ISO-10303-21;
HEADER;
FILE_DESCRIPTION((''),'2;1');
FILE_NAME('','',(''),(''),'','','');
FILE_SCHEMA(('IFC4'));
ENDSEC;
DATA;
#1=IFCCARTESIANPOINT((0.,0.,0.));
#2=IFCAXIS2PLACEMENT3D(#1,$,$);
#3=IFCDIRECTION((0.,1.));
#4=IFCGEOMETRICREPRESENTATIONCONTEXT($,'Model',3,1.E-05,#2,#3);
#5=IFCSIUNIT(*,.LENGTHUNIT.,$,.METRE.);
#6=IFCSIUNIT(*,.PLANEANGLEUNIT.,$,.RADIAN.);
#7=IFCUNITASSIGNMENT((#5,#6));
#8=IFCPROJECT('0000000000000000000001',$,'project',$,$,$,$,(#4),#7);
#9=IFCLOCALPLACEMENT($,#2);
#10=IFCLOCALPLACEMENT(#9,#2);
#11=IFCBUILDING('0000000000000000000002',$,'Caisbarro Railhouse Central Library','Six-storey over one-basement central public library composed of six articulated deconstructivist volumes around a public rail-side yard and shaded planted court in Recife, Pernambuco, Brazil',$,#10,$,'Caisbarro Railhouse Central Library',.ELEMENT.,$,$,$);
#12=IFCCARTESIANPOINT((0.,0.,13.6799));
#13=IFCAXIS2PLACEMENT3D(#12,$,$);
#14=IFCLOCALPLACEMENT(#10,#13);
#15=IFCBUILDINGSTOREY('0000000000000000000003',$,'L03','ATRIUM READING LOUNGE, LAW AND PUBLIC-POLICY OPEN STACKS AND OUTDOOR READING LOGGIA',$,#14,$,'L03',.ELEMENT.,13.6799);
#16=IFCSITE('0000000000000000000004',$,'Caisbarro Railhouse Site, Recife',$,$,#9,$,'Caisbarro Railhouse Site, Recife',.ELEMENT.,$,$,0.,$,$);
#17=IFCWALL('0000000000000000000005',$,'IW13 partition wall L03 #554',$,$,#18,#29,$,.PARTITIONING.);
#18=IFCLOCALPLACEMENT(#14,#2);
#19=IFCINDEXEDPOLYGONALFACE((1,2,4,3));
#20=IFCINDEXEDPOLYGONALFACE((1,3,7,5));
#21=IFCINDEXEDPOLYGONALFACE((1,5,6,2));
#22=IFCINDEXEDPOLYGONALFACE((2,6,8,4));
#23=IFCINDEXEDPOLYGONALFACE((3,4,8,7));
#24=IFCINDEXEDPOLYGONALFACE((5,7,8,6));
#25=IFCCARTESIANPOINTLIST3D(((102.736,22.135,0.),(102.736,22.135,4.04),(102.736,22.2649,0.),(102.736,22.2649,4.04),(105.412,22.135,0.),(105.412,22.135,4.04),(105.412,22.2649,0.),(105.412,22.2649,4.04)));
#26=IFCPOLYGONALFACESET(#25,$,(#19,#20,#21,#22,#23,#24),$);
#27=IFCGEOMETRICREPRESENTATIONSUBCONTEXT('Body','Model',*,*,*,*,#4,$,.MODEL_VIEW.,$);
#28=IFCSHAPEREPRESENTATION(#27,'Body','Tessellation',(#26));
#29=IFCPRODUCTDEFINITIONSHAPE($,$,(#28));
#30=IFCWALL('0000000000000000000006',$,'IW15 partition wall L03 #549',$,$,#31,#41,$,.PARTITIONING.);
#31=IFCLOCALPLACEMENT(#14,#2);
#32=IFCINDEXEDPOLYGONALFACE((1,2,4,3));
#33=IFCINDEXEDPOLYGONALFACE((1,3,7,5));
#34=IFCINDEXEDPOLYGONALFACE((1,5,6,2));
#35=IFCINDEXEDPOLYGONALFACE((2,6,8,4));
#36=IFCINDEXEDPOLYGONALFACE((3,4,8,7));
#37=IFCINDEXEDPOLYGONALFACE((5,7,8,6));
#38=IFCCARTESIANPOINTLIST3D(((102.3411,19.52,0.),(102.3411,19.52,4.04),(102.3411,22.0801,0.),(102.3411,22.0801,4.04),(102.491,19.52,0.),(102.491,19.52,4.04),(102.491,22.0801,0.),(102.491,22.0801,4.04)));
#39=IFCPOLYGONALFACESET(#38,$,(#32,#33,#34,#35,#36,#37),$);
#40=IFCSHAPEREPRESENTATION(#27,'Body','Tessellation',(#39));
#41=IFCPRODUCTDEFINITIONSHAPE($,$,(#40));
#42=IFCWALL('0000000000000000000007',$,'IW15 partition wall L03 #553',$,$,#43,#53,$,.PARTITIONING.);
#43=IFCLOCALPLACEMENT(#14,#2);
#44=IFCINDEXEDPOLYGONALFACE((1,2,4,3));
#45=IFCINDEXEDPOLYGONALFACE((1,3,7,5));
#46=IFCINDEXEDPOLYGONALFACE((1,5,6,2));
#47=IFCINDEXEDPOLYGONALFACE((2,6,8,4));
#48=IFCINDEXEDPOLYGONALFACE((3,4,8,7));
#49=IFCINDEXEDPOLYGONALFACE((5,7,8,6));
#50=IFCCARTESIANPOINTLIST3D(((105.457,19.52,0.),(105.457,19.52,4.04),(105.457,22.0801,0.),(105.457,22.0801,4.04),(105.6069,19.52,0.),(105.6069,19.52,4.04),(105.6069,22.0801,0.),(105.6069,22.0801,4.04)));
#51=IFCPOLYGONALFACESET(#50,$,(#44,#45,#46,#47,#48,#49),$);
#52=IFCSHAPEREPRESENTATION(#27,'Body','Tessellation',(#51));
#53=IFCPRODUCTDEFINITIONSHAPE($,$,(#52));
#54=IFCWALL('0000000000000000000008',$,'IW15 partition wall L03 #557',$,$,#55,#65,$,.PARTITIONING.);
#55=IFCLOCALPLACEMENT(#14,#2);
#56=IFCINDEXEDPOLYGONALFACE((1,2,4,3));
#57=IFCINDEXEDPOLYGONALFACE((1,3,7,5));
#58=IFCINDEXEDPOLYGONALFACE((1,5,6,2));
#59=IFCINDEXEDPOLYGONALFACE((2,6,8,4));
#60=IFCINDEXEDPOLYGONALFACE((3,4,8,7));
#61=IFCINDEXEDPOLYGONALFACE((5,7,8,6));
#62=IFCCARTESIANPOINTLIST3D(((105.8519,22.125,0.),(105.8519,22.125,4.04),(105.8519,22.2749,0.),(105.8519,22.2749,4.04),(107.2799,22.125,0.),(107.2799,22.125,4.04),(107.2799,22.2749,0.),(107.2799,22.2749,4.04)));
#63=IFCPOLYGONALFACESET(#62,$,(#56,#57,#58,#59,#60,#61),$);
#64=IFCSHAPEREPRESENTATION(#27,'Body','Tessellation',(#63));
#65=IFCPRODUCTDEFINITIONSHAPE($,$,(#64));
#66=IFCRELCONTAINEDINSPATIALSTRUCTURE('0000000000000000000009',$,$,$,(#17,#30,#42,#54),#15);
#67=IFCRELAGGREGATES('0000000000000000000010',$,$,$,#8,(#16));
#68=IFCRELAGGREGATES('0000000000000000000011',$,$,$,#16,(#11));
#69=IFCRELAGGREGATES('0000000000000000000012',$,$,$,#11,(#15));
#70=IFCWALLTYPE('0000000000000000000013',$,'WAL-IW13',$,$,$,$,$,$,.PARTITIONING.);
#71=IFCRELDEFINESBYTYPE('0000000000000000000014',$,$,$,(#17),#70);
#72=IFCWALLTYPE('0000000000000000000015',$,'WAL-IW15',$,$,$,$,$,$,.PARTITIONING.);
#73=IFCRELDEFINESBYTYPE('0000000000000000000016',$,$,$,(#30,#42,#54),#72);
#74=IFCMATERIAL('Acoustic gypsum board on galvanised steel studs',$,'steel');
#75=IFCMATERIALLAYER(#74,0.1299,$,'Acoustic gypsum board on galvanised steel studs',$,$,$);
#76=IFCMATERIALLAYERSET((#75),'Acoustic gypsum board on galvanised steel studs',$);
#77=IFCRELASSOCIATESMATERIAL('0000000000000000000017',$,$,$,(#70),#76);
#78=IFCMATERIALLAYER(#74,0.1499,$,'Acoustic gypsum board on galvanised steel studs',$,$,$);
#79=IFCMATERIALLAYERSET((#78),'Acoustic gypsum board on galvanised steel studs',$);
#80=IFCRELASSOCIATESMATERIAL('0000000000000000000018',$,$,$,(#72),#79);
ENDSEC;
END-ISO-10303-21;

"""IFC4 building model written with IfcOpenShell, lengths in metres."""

from ifc_helpers import new_model, si_unit, direction, frame, frame_2d, origin, place, context, subcontext, project, spatial, rectangle, extrude, material, layer, layer_set, type_object, element, save


model = new_model("IFC4")

# Units and contexts
model_context = context("Model", 3, precision=1e-05, world=origin(), true_north=direction((0.0, 1.0)))
body_context = subcontext(model_context, "Body", "Model", "MODEL_VIEW")
ifc_project = project(units=[si_unit("LENGTHUNIT", "METRE"), si_unit("PLANEANGLEUNIT", "RADIAN")], contexts=[model_context])

# Site, building, storey
site_placement = place(None, origin())
site = spatial("IfcSite", under=ifc_project, at=site_placement, Name="Caisbarro Railhouse Site, Recife", LongName="Caisbarro Railhouse Site, Recife", CompositionType="ELEMENT", RefElevation=0.0)
building_placement = place(site_placement, origin())
building = spatial("IfcBuilding", under=site, at=building_placement, Name="Caisbarro Railhouse Central Library", Description="Six-storey over one-basement central public library composed of six articulated deconstructivist volumes around a public rail-side yard and shaded planted court in Recife, Pernambuco, Brazil", LongName="Caisbarro Railhouse Central Library", CompositionType="ELEMENT")
storey_placement = place(building_placement, frame((0.0, 0.0, 13.6799)))
storey = spatial("IfcBuildingStorey", under=building, at=storey_placement, Name="L03", Description="ATRIUM READING LOUNGE, LAW AND PUBLIC-POLICY OPEN STACKS AND OUTDOOR READING LOGGIA", LongName="L03", CompositionType="ELEMENT", Elevation=13.6799)

# Shared definitions
ifc_material_1 = material(Name="Acoustic gypsum board on galvanised steel studs", Category="steel")

# Walls
ifc_layer_1 = layer(ifc_material_1, 0.1299, Name="Acoustic gypsum board on galvanised steel studs")
ifc_layer_set_1 = layer_set([ifc_layer_1], Name="Acoustic gypsum board on galvanised steel studs")
wall_type_1 = type_object("IfcWallType", Name="WAL-IW13", PredefinedType="PARTITIONING", material=ifc_layer_set_1)
wall_1_placement = place(storey_placement, frame((102.7361, 22.2, 0.0), z_axis=(0.0, 0.0, 1.0), x_axis=(1.0, 0.0, 0.0)))
element("IfcWall", 1, at=wall_1_placement, inside=storey, type_object=wall_type_1, Name="IW13 partition wall L03 #554", PredefinedType="PARTITIONING", context=body_context, shape_type="SweptSolid", body=[
    extrude(rectangle(XDim=2.676, YDim=0.1299, at=frame_2d((1.3379, 0.0))), origin(), (0.0, 0.0, 1.0), 4.04),
])
ifc_layer_2 = layer(ifc_material_1, 0.1499, Name="Acoustic gypsum board on galvanised steel studs")
ifc_layer_set_2 = layer_set([ifc_layer_2], Name="Acoustic gypsum board on galvanised steel studs")
wall_type_2 = type_object("IfcWallType", Name="WAL-IW15", PredefinedType="PARTITIONING", material=ifc_layer_set_2)
for number, where, z_axis, x_axis, name in (
    (2, (102.416, 19.52, 0.0), (0.0, 0.0, 1.0), (0.0, 1.0, 0.0), "IW15 partition wall L03 #549"),
    (3, (105.532, 19.52, 0.0), (0.0, 0.0, 1.0), (0.0, 1.0, 0.0), "IW15 partition wall L03 #553"),
):
    element("IfcWall", number, at=place(storey_placement, frame(where, z_axis=z_axis, x_axis=x_axis)), inside=storey, type_object=wall_type_2, Name=name, PredefinedType="PARTITIONING", context=body_context, shape_type="SweptSolid", body=[
        extrude(rectangle(XDim=2.5601, YDim=0.1499, at=frame_2d((1.28, 0.0))), origin(), (0.0, 0.0, 1.0), 4.04),
    ])
wall_2_placement = place(storey_placement, frame((105.8521, 22.2, 0.0), z_axis=(0.0, 0.0, 1.0), x_axis=(1.0, 0.0, 0.0)))
element("IfcWall", 4, at=wall_2_placement, inside=storey, type_object=wall_type_2, Name="IW15 partition wall L03 #557", PredefinedType="PARTITIONING", context=body_context, shape_type="SweptSolid", body=[
    extrude(rectangle(XDim=1.428, YDim=0.1499, at=frame_2d((0.7139, 0.0))), origin(), (0.0, 0.0, 1.0), 4.04),
])

save(model, "model.ifc")
